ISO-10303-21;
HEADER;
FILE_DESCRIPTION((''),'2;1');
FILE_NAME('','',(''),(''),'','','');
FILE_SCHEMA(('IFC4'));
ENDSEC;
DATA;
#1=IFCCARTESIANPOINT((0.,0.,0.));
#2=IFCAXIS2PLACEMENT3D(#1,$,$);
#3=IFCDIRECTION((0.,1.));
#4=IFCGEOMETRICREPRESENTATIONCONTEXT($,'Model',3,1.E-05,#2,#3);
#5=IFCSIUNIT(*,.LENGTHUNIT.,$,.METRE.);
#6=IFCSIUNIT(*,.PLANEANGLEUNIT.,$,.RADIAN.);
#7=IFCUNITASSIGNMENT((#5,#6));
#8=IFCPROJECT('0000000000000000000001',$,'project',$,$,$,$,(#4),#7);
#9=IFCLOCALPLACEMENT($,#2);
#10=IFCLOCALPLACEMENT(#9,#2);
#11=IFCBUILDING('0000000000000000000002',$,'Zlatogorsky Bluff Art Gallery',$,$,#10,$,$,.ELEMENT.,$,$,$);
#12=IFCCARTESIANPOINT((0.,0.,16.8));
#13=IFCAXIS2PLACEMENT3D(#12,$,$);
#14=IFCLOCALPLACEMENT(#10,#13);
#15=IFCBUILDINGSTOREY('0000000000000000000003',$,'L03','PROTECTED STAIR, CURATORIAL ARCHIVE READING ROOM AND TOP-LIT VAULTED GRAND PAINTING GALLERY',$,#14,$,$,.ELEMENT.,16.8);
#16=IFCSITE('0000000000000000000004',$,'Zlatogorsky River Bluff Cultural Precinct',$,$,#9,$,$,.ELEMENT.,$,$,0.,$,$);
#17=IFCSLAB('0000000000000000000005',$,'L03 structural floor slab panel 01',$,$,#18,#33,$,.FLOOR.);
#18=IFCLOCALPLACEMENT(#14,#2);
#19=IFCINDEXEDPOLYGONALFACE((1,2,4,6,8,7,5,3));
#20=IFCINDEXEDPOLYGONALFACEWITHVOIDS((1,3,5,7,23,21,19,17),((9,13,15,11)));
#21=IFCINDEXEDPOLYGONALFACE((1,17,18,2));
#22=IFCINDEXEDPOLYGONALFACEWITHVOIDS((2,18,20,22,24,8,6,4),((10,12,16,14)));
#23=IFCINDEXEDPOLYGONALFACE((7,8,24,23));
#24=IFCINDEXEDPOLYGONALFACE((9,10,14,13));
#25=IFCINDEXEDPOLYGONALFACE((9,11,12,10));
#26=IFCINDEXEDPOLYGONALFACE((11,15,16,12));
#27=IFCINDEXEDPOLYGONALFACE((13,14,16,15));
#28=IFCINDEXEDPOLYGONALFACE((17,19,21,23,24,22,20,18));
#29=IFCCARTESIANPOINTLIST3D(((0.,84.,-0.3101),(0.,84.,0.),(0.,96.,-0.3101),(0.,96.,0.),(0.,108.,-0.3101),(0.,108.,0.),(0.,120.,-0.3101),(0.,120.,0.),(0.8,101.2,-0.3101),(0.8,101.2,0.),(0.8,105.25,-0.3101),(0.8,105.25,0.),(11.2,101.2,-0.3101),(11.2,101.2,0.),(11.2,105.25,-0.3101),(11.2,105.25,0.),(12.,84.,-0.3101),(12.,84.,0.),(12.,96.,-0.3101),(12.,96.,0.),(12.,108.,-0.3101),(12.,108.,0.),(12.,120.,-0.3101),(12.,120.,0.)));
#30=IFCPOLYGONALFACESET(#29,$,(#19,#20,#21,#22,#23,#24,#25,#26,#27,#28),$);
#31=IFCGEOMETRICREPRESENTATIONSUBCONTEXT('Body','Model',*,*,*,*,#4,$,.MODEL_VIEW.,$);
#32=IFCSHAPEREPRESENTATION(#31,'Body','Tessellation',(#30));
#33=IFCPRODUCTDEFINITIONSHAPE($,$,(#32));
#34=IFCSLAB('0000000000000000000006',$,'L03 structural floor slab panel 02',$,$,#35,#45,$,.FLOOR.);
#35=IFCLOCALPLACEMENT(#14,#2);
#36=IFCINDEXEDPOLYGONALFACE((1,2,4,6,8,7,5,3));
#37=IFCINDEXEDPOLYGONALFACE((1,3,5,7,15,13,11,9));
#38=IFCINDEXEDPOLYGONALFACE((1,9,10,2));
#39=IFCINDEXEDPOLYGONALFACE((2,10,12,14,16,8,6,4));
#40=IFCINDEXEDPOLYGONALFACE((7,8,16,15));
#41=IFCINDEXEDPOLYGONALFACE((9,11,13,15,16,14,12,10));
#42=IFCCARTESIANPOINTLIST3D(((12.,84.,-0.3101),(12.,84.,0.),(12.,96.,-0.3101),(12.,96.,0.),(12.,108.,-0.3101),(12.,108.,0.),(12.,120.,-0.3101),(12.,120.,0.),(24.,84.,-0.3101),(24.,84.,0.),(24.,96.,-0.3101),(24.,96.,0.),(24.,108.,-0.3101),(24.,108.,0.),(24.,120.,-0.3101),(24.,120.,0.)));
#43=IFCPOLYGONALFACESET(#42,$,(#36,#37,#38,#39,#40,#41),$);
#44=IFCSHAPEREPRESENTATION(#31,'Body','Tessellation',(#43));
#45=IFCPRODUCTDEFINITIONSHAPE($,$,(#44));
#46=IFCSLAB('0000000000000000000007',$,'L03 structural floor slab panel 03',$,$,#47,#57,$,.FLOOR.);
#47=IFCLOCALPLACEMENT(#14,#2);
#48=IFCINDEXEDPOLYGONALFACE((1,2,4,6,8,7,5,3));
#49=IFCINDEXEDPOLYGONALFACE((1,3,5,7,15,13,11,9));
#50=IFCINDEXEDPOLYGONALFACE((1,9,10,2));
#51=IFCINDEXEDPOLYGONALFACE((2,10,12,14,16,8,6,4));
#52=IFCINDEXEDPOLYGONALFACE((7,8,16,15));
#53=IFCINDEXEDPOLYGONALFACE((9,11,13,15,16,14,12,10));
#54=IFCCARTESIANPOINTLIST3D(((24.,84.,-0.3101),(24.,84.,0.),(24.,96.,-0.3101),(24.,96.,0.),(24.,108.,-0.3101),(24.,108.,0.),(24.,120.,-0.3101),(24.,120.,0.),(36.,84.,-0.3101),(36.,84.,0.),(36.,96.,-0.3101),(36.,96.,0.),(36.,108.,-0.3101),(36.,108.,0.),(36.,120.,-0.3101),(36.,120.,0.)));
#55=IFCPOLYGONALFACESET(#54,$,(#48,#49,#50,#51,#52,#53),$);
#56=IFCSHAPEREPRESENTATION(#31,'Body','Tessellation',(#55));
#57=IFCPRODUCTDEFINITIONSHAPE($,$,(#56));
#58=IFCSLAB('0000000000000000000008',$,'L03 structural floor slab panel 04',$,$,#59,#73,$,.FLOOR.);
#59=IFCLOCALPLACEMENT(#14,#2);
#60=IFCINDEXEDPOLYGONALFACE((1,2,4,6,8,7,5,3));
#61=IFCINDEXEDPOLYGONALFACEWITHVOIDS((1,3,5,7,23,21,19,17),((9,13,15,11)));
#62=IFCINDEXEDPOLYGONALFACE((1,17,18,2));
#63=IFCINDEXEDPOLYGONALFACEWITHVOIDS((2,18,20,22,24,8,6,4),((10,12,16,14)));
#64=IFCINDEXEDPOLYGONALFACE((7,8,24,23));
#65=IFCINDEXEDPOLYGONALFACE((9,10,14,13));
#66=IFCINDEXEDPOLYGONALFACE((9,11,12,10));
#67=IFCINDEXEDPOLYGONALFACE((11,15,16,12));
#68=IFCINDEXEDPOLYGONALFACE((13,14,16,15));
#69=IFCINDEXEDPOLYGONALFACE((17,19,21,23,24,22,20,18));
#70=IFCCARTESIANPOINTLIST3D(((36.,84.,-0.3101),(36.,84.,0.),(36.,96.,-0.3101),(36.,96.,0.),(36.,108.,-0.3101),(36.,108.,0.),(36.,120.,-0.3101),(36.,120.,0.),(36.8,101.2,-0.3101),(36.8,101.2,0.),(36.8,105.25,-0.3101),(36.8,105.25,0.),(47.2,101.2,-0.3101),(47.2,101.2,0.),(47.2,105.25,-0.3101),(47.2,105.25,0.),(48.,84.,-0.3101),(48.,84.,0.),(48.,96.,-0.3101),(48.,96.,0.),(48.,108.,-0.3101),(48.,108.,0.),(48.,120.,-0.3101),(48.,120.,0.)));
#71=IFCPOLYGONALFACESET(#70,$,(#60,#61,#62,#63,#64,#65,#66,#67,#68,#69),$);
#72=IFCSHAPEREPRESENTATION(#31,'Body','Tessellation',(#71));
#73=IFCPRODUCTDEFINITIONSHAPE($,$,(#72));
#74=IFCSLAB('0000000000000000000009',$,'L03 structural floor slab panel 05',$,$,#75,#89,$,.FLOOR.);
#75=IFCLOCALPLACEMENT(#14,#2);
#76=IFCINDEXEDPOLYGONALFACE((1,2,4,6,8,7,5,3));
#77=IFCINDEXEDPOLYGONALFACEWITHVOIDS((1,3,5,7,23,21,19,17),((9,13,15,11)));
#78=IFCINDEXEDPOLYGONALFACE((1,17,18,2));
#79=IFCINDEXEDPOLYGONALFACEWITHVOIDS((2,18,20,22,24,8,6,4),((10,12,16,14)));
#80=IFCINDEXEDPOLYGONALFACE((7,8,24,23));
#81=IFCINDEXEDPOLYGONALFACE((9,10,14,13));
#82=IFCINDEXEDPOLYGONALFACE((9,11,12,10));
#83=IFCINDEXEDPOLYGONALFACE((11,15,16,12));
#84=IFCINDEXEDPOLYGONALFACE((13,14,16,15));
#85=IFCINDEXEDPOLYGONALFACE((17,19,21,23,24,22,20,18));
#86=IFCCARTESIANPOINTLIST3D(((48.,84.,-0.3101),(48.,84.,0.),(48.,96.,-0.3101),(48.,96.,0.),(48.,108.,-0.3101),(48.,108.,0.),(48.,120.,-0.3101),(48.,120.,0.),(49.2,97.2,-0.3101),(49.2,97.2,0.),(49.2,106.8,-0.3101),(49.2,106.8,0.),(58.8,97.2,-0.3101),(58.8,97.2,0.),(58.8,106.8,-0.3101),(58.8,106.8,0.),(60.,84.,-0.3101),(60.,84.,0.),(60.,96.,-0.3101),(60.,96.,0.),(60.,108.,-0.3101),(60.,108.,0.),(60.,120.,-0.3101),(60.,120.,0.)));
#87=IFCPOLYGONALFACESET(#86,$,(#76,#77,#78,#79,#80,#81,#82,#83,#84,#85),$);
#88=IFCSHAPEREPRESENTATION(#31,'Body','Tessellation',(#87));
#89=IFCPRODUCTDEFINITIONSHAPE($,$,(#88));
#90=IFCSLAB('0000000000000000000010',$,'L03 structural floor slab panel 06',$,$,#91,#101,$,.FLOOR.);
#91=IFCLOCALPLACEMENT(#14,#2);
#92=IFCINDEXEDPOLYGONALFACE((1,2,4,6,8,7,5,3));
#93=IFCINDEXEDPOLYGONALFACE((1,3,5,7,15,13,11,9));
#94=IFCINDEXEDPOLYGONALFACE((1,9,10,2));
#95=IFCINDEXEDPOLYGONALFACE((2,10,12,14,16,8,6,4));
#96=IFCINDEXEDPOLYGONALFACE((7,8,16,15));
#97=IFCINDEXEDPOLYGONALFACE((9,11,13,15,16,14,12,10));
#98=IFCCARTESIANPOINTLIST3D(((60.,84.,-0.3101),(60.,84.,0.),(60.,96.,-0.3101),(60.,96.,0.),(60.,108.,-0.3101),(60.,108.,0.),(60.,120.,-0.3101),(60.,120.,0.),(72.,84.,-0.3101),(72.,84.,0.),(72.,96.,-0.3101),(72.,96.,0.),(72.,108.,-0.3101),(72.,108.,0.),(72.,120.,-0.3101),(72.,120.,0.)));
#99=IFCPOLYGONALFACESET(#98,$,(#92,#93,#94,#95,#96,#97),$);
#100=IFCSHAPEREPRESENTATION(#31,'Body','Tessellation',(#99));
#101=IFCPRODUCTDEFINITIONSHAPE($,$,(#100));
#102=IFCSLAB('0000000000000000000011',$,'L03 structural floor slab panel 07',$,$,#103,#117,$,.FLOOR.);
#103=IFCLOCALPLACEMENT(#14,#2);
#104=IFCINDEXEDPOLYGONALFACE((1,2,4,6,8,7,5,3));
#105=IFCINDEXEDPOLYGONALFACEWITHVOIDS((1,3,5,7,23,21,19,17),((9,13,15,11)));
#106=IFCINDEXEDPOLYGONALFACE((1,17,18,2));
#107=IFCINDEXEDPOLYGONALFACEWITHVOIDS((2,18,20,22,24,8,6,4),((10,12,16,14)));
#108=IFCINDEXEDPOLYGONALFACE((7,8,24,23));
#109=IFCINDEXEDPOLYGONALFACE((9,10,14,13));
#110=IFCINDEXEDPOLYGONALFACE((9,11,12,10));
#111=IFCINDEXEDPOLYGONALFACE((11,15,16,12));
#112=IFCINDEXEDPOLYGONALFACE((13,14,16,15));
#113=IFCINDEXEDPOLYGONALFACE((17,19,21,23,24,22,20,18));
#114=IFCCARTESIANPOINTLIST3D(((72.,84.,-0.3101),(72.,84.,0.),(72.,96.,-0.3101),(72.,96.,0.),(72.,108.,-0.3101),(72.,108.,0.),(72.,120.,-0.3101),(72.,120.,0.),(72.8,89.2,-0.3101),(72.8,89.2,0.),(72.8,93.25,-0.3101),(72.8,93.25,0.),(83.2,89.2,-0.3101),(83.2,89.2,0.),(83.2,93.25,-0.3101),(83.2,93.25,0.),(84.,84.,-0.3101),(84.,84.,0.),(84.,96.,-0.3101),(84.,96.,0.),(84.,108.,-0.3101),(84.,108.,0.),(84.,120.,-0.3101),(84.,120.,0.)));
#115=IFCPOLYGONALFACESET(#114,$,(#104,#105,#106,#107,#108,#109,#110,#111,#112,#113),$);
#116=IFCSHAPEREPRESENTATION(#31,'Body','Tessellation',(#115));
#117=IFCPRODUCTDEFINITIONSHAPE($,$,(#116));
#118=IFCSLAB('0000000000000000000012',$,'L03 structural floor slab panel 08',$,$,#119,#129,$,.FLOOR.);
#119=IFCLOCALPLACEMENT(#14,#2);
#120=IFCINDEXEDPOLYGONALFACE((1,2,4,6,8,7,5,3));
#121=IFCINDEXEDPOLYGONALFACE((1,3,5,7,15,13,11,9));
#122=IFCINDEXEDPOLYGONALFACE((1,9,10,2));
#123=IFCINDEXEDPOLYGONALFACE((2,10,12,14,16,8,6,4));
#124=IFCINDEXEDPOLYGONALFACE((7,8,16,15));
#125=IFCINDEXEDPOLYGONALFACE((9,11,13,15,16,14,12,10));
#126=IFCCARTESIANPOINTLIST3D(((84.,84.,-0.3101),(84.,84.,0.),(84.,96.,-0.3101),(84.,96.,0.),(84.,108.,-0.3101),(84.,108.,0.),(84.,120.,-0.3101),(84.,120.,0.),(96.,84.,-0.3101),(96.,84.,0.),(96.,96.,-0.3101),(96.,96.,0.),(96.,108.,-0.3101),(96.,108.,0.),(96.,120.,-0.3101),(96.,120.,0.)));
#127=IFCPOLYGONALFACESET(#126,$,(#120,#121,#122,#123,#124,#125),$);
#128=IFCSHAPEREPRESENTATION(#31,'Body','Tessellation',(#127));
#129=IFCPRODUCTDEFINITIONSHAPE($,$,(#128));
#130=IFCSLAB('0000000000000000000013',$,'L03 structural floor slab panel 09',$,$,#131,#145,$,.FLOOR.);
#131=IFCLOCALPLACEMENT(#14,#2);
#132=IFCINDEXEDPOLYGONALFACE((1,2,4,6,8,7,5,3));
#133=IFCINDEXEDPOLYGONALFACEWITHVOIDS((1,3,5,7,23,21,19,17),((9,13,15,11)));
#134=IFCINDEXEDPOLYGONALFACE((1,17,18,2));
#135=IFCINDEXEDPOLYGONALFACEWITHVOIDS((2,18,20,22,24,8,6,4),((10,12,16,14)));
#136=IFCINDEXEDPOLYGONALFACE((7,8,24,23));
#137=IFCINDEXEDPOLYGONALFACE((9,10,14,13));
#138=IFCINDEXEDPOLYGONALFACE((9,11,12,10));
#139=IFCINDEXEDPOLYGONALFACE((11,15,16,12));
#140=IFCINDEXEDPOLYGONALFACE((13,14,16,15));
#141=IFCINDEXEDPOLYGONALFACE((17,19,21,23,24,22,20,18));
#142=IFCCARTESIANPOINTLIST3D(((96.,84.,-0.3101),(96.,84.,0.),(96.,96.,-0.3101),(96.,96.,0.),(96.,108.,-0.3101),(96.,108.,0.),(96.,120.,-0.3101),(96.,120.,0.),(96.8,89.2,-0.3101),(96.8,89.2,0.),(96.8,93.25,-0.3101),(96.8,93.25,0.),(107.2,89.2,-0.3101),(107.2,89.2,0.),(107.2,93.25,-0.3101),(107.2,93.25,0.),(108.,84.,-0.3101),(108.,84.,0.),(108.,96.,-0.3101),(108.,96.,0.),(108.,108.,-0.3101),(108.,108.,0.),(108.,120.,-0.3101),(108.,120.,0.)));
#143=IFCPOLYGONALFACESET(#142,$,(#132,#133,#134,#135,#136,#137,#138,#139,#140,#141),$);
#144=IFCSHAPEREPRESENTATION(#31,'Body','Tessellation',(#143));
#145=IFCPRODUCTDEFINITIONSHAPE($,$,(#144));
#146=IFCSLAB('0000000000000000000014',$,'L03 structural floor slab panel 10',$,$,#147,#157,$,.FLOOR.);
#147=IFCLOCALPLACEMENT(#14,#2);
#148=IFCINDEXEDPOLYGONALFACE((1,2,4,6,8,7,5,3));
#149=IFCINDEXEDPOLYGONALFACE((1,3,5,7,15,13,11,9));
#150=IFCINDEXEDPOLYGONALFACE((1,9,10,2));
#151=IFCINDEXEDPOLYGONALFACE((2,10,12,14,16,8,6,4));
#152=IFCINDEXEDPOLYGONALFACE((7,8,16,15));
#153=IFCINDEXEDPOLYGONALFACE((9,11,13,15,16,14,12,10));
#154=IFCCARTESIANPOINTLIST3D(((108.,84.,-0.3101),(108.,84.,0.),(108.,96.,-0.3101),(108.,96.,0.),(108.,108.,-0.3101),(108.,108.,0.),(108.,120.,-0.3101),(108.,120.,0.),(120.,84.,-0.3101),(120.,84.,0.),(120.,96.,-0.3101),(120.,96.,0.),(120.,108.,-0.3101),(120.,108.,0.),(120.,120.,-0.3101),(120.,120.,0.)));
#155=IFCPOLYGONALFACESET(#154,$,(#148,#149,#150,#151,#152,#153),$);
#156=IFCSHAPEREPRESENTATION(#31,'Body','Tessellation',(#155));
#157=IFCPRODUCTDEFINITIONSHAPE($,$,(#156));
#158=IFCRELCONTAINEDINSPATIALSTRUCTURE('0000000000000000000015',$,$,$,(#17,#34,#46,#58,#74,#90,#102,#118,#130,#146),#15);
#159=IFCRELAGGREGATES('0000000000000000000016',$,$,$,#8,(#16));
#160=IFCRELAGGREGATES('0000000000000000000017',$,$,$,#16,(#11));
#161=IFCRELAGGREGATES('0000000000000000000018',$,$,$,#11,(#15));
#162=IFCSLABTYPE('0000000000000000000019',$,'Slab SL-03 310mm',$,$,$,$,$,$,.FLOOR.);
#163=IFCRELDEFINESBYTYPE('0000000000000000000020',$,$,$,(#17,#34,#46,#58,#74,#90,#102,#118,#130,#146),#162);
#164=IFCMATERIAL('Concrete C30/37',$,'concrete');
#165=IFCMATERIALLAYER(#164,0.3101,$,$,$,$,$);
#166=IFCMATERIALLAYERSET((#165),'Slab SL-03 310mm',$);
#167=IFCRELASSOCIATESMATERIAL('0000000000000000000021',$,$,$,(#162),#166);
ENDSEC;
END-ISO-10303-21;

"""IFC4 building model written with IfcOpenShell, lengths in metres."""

from ifc_helpers import new_model, si_unit, direction, frame, origin, place, context, subcontext, project, spatial, polyline, outline, extrude, material, layer, layer_set, type_object, element, save


model = new_model("IFC4")

# Units and contexts
model_context = context("Model", 3, precision=1e-05, world=origin(), true_north=direction((0.0, 1.0)))
body_context = subcontext(model_context, "Body", "Model", "MODEL_VIEW")
ifc_project = project(units=[si_unit("LENGTHUNIT", "METRE"), si_unit("PLANEANGLEUNIT", "RADIAN")], contexts=[model_context])

# Site, building, storey
site_placement = place(None, origin())
site = spatial("IfcSite", under=ifc_project, at=site_placement, Name="Zlatogorsky River Bluff Cultural Precinct", CompositionType="ELEMENT", RefElevation=0.0)
building_placement = place(site_placement, origin())
building = spatial("IfcBuilding", under=site, at=building_placement, Name="Zlatogorsky Bluff Art Gallery", CompositionType="ELEMENT")
storey_placement = place(building_placement, frame((0.0, 0.0, 16.8)))
storey = spatial("IfcBuildingStorey", under=building, at=storey_placement, Name="L03", Description="PROTECTED STAIR, CURATORIAL ARCHIVE READING ROOM AND TOP-LIT VAULTED GRAND PAINTING GALLERY", CompositionType="ELEMENT", Elevation=16.8)

# Slabs
ifc_material_1 = material(Name="Concrete C30/37", Category="concrete")
ifc_layer_1 = layer(ifc_material_1, 0.3101)
ifc_layer_set_1 = layer_set([ifc_layer_1], Name="Slab SL-03 310mm")
slab_type_1 = type_object("IfcSlabType", Name="Slab SL-03 310mm", PredefinedType="FLOOR", material=ifc_layer_set_1)
slab_1_placement = place(storey_placement, frame((0.0, 0.0, -0.3101)))
element("IfcSlab", 1, at=slab_1_placement, inside=storey, type_object=slab_type_1, Name="L03 structural floor slab panel 01", PredefinedType="FLOOR", context=body_context, shape_type="SweptSolid", body=[
    extrude(outline(polyline([(0.0, 84.0), (0.0, 96.0), (0.0, 108.0), (0.0, 120.0), (12.0, 120.0), (12.0, 108.0), (12.0, 96.0), (12.0, 84.0), (0.0, 84.0)]), holes=[polyline([(11.2, 101.2), (11.2, 105.25), (0.8, 105.25), (0.8, 101.2), (11.2, 101.2)])]), origin(), (0.0, 0.0, 1.0), 0.3101),
])
slab_2_placement = place(storey_placement, frame((0.0, 0.0, -0.3101)))
element("IfcSlab", 2, at=slab_2_placement, inside=storey, type_object=slab_type_1, Name="L03 structural floor slab panel 02", PredefinedType="FLOOR", context=body_context, shape_type="SweptSolid", body=[
    extrude(outline(polyline([(12.0, 84.0), (12.0, 96.0), (12.0, 108.0), (12.0, 120.0), (24.0, 120.0), (24.0, 108.0), (24.0, 96.0), (24.0, 84.0), (12.0, 84.0)])), origin(), (0.0, 0.0, 1.0), 0.3101),
])
slab_3_placement = place(storey_placement, frame((0.0, 0.0, -0.3101)))
element("IfcSlab", 3, at=slab_3_placement, inside=storey, type_object=slab_type_1, Name="L03 structural floor slab panel 03", PredefinedType="FLOOR", context=body_context, shape_type="SweptSolid", body=[
    extrude(outline(polyline([(24.0, 84.0), (24.0, 96.0), (24.0, 108.0), (24.0, 120.0), (36.0, 120.0), (36.0, 108.0), (36.0, 96.0), (36.0, 84.0), (24.0, 84.0)])), origin(), (0.0, 0.0, 1.0), 0.3101),
])
slab_4_placement = place(storey_placement, frame((0.0, 0.0, -0.3101)))
element("IfcSlab", 4, at=slab_4_placement, inside=storey, type_object=slab_type_1, Name="L03 structural floor slab panel 04", PredefinedType="FLOOR", context=body_context, shape_type="SweptSolid", body=[
    extrude(outline(polyline([(36.0, 84.0), (36.0, 96.0), (36.0, 108.0), (36.0, 120.0), (48.0, 120.0), (48.0, 108.0), (48.0, 96.0), (48.0, 84.0), (36.0, 84.0)]), holes=[polyline([(47.2, 101.2), (47.2, 105.25), (36.8, 105.25), (36.8, 101.2), (47.2, 101.2)])]), origin(), (0.0, 0.0, 1.0), 0.3101),
])
slab_5_placement = place(storey_placement, frame((0.0, 0.0, -0.3101)))
element("IfcSlab", 5, at=slab_5_placement, inside=storey, type_object=slab_type_1, Name="L03 structural floor slab panel 05", PredefinedType="FLOOR", context=body_context, shape_type="SweptSolid", body=[
    extrude(outline(polyline([(48.0, 84.0), (48.0, 96.0), (48.0, 108.0), (48.0, 120.0), (60.0, 120.0), (60.0, 108.0), (60.0, 96.0), (60.0, 84.0), (48.0, 84.0)]), holes=[polyline([(58.8, 106.8), (49.2, 106.8), (49.2, 97.2), (58.8, 97.2), (58.8, 106.8)])]), origin(), (0.0, 0.0, 1.0), 0.3101),
])
slab_6_placement = place(storey_placement, frame((0.0, 0.0, -0.3101)))
element("IfcSlab", 6, at=slab_6_placement, inside=storey, type_object=slab_type_1, Name="L03 structural floor slab panel 06", PredefinedType="FLOOR", context=body_context, shape_type="SweptSolid", body=[
    extrude(outline(polyline([(60.0, 84.0), (60.0, 96.0), (60.0, 108.0), (60.0, 120.0), (72.0, 120.0), (72.0, 108.0), (72.0, 96.0), (72.0, 84.0), (60.0, 84.0)])), origin(), (0.0, 0.0, 1.0), 0.3101),
])
slab_7_placement = place(storey_placement, frame((0.0, 0.0, -0.3101)))
element("IfcSlab", 7, at=slab_7_placement, inside=storey, type_object=slab_type_1, Name="L03 structural floor slab panel 07", PredefinedType="FLOOR", context=body_context, shape_type="SweptSolid", body=[
    extrude(outline(polyline([(72.0, 84.0), (72.0, 96.0), (72.0, 108.0), (72.0, 120.0), (84.0, 120.0), (84.0, 108.0), (84.0, 96.0), (84.0, 84.0), (72.0, 84.0)]), holes=[polyline([(83.2, 89.2), (83.2, 93.25), (72.8, 93.25), (72.8, 89.2), (83.2, 89.2)])]), origin(), (0.0, 0.0, 1.0), 0.3101),
])
slab_8_placement = place(storey_placement, frame((0.0, 0.0, -0.3101)))
element("IfcSlab", 8, at=slab_8_placement, inside=storey, type_object=slab_type_1, Name="L03 structural floor slab panel 08", PredefinedType="FLOOR", context=body_context, shape_type="SweptSolid", body=[
    extrude(outline(polyline([(84.0, 84.0), (84.0, 96.0), (84.0, 108.0), (84.0, 120.0), (96.0, 120.0), (96.0, 108.0), (96.0, 96.0), (96.0, 84.0), (84.0, 84.0)])), origin(), (0.0, 0.0, 1.0), 0.3101),
])
slab_9_placement = place(storey_placement, frame((0.0, 0.0, -0.3101)))
element("IfcSlab", 9, at=slab_9_placement, inside=storey, type_object=slab_type_1, Name="L03 structural floor slab panel 09", PredefinedType="FLOOR", context=body_context, shape_type="SweptSolid", body=[
    extrude(outline(polyline([(96.0, 84.0), (96.0, 96.0), (96.0, 108.0), (96.0, 120.0), (108.0, 120.0), (108.0, 108.0), (108.0, 96.0), (108.0, 84.0), (96.0, 84.0)]), holes=[polyline([(107.2, 89.2), (107.2, 93.25), (96.8, 93.25), (96.8, 89.2), (107.2, 89.2)])]), origin(), (0.0, 0.0, 1.0), 0.3101),
])
slab_10_placement = place(storey_placement, frame((0.0, 0.0, -0.3101)))
element("IfcSlab", 10, at=slab_10_placement, inside=storey, type_object=slab_type_1, Name="L03 structural floor slab panel 10", PredefinedType="FLOOR", context=body_context, shape_type="SweptSolid", body=[
    extrude(outline(polyline([(108.0, 84.0), (108.0, 96.0), (108.0, 108.0), (108.0, 120.0), (120.0, 120.0), (120.0, 108.0), (120.0, 96.0), (120.0, 84.0), (108.0, 84.0)])), origin(), (0.0, 0.0, 1.0), 0.3101),
])

save(model, "model.ifc")
